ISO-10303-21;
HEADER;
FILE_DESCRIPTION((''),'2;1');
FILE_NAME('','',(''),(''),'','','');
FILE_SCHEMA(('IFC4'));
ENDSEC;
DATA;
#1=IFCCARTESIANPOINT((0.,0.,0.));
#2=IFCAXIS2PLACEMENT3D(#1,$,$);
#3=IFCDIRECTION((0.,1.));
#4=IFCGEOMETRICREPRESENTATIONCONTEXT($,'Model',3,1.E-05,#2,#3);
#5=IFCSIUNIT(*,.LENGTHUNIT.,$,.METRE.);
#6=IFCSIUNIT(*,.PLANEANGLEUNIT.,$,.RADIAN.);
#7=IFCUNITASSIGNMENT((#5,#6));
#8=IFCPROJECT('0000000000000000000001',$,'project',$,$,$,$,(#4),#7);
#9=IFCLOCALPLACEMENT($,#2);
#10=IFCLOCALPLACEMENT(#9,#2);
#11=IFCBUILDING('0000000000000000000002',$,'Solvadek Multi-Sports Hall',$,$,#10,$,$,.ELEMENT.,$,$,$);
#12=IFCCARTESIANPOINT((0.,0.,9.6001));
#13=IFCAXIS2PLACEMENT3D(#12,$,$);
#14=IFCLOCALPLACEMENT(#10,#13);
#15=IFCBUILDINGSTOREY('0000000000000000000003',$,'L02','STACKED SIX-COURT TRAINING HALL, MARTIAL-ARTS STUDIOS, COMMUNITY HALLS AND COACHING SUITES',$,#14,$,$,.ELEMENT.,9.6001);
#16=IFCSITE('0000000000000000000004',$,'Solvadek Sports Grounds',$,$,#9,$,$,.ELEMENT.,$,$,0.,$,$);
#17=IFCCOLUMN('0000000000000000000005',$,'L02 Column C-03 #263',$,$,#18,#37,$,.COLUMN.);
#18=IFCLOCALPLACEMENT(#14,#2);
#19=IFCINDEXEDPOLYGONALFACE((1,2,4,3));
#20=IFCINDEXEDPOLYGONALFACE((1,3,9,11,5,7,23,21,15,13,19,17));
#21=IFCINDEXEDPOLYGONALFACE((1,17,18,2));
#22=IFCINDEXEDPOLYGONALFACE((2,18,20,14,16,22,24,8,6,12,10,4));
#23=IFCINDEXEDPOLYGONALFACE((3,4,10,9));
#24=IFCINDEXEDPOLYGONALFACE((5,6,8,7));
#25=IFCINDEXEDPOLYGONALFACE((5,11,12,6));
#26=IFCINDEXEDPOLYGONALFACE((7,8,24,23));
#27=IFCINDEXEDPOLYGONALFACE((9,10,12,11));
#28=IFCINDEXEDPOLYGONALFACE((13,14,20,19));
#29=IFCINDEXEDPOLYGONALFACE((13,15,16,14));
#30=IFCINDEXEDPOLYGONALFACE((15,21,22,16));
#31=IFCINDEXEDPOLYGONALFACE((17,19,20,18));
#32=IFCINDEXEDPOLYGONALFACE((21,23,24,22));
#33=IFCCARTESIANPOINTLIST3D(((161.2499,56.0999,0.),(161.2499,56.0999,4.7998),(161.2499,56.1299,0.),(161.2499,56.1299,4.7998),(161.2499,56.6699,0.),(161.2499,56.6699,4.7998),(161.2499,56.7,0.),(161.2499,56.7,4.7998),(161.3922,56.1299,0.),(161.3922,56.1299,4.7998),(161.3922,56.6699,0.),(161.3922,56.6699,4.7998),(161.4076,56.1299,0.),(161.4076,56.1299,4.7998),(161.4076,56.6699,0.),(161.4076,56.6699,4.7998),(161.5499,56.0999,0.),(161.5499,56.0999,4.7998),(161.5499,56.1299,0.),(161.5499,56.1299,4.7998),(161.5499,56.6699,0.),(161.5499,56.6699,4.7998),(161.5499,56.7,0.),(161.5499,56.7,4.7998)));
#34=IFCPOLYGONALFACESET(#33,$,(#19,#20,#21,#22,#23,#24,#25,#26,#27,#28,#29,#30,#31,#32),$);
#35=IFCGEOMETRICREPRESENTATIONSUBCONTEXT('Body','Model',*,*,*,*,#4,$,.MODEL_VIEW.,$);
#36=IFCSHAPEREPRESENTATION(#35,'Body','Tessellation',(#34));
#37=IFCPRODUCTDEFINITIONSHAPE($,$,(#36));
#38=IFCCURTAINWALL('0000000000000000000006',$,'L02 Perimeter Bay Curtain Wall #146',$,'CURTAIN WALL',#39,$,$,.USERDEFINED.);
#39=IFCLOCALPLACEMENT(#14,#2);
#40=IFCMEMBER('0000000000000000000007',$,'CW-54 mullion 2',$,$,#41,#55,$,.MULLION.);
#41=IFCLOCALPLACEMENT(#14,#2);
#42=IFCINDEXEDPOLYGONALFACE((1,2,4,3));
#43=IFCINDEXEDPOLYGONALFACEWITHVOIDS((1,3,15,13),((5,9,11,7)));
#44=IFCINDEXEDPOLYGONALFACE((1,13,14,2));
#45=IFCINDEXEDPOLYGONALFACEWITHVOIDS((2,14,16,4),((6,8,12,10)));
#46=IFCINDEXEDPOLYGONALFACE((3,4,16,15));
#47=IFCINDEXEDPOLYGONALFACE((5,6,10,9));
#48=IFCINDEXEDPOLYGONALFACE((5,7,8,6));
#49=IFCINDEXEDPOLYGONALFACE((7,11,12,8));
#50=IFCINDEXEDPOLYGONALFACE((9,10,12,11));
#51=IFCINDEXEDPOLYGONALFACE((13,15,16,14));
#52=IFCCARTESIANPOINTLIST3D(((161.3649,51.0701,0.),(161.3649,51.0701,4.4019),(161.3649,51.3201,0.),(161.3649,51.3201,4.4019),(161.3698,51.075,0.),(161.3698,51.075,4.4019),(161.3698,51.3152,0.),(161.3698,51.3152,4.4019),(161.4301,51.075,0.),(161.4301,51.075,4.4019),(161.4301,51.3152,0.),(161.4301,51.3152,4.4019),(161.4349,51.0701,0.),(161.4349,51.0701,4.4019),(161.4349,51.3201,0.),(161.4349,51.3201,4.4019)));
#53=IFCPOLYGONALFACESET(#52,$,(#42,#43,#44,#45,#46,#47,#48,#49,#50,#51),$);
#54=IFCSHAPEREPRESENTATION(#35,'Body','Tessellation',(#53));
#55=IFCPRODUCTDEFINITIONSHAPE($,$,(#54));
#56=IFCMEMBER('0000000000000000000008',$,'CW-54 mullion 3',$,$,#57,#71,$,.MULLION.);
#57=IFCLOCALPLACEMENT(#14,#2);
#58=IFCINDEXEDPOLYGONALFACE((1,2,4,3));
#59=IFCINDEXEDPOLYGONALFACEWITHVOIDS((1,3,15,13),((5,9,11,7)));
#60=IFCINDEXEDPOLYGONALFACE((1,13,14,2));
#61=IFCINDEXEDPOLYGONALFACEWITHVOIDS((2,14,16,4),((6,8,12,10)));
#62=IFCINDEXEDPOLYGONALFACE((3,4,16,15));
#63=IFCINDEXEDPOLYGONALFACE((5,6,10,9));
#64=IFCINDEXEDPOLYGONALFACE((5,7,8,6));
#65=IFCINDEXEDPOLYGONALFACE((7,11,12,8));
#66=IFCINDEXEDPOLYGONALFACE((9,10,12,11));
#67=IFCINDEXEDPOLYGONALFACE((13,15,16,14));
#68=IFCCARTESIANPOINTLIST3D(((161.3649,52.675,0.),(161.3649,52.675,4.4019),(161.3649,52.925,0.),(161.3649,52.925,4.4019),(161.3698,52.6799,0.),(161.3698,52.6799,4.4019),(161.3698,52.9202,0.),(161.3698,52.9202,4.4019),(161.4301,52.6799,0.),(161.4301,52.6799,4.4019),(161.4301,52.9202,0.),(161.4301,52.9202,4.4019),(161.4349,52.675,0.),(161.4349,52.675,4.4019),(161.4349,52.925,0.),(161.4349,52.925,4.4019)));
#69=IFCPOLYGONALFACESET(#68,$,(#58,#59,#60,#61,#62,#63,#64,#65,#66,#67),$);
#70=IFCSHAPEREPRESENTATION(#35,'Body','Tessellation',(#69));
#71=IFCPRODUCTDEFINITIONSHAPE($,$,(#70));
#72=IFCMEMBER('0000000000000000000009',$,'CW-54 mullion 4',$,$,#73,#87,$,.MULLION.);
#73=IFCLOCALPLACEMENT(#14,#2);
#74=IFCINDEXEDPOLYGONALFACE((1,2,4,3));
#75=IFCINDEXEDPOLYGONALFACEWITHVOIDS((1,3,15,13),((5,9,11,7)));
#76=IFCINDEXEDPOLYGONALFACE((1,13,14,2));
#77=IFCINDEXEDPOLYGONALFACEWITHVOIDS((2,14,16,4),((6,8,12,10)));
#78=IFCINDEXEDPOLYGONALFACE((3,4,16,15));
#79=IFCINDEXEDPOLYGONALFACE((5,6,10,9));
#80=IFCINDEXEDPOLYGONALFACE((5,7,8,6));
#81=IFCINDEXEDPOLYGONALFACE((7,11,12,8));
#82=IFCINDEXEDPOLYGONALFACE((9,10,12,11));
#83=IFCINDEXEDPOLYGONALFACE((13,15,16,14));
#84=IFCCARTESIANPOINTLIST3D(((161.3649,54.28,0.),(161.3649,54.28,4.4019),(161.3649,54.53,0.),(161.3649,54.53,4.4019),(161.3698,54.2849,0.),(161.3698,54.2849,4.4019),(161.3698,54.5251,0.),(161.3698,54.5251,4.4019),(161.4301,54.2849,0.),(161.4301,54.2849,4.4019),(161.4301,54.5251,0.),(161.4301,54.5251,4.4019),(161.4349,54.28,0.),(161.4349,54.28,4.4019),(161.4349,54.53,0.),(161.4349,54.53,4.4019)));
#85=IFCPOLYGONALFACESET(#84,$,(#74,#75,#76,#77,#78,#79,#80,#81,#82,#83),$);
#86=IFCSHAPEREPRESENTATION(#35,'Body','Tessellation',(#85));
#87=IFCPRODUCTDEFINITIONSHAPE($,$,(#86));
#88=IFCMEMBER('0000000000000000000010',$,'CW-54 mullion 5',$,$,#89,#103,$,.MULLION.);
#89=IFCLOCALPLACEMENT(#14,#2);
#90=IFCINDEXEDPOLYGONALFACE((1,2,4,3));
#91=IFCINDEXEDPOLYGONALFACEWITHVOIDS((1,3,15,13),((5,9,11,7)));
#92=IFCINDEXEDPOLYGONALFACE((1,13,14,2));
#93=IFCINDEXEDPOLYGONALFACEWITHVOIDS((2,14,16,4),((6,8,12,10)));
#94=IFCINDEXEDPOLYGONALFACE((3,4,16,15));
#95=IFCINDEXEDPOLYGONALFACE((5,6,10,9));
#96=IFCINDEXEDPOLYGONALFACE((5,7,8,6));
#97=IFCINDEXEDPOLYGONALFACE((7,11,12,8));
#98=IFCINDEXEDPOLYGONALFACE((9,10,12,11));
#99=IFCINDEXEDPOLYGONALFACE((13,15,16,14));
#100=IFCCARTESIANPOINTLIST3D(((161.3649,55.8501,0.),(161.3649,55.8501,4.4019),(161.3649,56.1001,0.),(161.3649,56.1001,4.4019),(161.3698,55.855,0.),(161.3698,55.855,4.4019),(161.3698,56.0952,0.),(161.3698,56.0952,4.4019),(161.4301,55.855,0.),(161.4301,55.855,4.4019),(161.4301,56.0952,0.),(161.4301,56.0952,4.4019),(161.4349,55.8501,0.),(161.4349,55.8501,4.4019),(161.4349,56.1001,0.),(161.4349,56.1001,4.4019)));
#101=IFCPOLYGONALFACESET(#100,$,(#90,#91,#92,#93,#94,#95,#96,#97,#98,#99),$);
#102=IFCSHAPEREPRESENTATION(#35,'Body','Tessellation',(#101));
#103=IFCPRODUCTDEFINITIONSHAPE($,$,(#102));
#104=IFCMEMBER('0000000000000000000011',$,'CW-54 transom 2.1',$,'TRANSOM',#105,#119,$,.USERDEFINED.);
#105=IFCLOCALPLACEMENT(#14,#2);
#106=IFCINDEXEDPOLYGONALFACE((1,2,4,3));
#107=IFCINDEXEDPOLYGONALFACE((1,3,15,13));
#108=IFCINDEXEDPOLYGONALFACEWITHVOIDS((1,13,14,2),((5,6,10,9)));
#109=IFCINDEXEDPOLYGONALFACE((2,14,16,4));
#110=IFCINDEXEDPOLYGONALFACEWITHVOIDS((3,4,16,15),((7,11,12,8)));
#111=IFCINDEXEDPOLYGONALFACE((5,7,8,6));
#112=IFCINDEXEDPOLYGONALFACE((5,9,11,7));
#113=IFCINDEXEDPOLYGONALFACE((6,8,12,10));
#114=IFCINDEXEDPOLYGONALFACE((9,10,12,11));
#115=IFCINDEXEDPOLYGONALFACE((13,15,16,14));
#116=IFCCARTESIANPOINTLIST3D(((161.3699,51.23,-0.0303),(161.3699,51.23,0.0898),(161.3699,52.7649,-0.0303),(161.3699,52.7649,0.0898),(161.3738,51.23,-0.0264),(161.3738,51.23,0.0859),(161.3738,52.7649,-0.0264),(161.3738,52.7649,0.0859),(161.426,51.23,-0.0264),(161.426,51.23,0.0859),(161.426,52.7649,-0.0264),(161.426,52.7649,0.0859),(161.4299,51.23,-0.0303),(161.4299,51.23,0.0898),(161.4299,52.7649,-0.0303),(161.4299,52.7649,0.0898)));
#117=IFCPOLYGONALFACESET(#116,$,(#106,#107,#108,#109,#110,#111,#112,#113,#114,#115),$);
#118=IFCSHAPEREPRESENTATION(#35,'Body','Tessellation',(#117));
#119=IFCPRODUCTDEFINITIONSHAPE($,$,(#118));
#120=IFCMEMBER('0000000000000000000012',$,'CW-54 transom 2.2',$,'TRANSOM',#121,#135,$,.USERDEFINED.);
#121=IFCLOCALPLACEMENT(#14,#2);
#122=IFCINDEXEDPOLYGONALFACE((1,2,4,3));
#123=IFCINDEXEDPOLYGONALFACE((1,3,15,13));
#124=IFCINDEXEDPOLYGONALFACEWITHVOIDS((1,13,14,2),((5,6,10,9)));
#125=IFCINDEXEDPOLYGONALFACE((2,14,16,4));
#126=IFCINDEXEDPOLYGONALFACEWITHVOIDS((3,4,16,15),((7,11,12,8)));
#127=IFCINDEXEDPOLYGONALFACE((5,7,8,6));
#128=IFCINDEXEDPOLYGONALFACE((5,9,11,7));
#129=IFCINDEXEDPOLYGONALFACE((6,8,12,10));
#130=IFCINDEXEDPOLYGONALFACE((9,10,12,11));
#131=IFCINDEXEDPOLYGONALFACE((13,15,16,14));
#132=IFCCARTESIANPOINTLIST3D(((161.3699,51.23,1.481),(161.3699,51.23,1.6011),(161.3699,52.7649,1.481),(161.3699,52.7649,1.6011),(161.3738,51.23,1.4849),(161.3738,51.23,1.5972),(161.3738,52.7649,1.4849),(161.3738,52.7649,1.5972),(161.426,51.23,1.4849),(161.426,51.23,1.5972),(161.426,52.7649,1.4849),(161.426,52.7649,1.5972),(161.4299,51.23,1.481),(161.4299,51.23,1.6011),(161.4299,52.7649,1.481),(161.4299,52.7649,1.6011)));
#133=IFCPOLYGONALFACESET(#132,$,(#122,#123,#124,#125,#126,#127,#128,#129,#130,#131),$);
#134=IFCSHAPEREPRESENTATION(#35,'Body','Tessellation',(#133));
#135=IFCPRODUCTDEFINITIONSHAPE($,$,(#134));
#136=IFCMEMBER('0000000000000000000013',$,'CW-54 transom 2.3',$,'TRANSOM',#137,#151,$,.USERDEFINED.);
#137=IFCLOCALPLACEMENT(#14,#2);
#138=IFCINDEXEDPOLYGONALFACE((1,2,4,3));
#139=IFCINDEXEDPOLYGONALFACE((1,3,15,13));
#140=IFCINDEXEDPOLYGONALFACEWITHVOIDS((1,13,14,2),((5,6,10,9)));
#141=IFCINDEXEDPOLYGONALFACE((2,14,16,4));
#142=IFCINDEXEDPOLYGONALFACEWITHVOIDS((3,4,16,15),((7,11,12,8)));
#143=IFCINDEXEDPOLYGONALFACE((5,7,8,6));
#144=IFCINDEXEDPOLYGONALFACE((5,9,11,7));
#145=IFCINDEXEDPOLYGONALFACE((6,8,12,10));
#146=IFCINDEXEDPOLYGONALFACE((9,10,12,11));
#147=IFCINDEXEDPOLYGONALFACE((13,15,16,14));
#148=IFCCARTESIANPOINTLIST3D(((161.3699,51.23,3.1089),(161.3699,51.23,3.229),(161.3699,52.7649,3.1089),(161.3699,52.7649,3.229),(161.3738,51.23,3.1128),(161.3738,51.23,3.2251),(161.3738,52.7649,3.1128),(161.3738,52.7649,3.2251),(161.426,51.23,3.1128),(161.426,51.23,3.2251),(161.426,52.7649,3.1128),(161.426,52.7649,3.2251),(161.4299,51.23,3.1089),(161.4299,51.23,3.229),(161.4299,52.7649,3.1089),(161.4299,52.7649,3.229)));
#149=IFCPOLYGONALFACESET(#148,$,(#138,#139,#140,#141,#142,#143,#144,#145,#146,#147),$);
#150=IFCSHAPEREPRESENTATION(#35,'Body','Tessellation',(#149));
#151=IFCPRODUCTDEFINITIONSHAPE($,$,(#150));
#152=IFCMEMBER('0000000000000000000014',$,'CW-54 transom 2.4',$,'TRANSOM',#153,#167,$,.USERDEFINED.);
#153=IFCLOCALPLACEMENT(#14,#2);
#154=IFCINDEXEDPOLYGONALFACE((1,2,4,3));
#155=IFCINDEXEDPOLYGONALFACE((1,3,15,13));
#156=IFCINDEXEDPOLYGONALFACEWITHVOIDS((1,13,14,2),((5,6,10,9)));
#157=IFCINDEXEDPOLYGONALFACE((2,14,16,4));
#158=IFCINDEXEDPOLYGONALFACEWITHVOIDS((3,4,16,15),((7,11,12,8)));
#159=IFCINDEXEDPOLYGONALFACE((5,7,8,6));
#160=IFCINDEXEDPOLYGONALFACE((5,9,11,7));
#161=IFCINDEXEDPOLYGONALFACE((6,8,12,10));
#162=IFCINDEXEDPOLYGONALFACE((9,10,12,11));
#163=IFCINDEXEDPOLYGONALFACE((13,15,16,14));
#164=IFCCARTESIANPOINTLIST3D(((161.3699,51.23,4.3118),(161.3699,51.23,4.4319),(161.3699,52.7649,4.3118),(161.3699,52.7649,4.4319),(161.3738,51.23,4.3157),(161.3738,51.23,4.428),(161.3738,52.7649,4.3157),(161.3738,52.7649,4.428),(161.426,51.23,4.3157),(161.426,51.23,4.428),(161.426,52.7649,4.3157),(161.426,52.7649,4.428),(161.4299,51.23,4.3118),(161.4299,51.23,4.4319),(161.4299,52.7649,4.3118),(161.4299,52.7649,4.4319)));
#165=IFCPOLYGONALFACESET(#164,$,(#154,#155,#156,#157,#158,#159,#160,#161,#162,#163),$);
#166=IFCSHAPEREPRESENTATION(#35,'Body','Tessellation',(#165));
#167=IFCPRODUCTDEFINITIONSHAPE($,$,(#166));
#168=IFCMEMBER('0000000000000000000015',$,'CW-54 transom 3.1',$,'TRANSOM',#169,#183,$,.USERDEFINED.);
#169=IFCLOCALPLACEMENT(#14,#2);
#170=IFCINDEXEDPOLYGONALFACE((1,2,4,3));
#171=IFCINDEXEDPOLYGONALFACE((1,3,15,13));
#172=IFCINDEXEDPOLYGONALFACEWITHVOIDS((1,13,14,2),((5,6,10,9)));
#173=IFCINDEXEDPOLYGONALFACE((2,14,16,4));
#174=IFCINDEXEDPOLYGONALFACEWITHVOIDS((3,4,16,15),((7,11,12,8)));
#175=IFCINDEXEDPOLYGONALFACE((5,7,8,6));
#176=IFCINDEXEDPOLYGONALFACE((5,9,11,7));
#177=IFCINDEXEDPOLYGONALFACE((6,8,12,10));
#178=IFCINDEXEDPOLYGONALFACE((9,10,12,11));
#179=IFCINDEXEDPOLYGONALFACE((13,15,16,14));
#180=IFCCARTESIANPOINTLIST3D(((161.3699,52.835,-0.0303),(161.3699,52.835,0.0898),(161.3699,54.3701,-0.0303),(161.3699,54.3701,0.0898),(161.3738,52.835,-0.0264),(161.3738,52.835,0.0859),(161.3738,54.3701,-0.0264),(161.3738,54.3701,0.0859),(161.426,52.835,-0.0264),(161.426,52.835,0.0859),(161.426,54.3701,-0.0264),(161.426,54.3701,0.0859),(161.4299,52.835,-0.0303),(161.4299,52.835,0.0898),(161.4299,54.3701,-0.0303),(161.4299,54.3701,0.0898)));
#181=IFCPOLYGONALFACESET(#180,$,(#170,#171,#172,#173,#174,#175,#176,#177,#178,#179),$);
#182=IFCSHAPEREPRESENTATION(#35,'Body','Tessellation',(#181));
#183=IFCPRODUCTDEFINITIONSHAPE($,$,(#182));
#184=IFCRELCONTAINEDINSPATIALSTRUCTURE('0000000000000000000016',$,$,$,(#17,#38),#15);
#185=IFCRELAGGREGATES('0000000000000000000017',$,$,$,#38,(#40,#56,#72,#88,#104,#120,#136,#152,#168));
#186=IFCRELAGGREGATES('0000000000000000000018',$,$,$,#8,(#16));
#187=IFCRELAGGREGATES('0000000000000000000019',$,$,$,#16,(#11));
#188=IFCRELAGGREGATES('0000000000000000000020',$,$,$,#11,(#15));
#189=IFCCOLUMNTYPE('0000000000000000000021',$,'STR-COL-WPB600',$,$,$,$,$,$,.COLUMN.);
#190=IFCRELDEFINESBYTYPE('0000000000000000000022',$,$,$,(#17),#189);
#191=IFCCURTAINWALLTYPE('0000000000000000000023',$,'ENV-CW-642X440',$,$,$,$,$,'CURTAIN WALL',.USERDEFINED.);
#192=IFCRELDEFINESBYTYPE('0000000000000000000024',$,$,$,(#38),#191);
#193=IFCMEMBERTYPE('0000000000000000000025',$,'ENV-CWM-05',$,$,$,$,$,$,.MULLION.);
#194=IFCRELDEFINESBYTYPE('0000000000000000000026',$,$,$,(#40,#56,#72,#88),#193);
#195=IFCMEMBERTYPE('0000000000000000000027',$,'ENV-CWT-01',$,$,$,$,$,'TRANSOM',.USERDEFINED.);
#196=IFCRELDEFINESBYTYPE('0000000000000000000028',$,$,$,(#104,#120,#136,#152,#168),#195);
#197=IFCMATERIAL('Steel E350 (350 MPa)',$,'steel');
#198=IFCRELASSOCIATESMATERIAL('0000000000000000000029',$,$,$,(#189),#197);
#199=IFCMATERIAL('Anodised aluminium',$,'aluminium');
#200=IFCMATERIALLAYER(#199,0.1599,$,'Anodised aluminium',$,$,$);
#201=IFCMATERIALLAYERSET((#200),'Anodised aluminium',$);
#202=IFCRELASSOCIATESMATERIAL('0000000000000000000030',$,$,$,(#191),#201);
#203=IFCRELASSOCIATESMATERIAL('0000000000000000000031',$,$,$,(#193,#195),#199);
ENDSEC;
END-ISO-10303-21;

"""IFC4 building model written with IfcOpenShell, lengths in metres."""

from ifc_helpers import new_model, si_unit, direction, frame, origin, origin_2d, place, context, subcontext, project, spatial, hollow_rectangle, i_section, extrude, material, layer, layer_set, material_profile, profile_set, type_object, element, aggregate, save


model = new_model("IFC4")

# Units and contexts
model_context = context("Model", 3, precision=1e-05, world=origin(), true_north=direction((0.0, 1.0)))
body_context = subcontext(model_context, "Body", "Model", "MODEL_VIEW")
ifc_project = project(units=[si_unit("LENGTHUNIT", "METRE"), si_unit("PLANEANGLEUNIT", "RADIAN")], contexts=[model_context])

# Site, building, storey
site_placement = place(None, origin())
site = spatial("IfcSite", under=ifc_project, at=site_placement, Name="Solvadek Sports Grounds", CompositionType="ELEMENT", RefElevation=0.0)
building_placement = place(site_placement, origin())
building = spatial("IfcBuilding", under=site, at=building_placement, Name="Solvadek Multi-Sports Hall", CompositionType="ELEMENT")
storey_placement = place(building_placement, frame((0.0, 0.0, 9.6001)))
storey = spatial("IfcBuildingStorey", under=building, at=storey_placement, Name="L02", Description="STACKED SIX-COURT TRAINING HALL, MARTIAL-ARTS STUDIOS, COMMUNITY HALLS AND COACHING SUITES", CompositionType="ELEMENT", Elevation=9.6001)

# Column
ifc_material_1 = material(Name="Steel E350 (350 MPa)", Category="steel")
ifc_material_profile_1 = material_profile(ifc_material_1, i_section(OverallWidth=0.3, OverallDepth=0.6001, WebThickness=0.0154, FlangeThickness=0.03, at=origin_2d()), Name="WPB 600")
ifc_profile_set_1 = profile_set([ifc_material_profile_1], Name="Steel E350 (350 MPa)")
column_type = type_object("IfcColumnType", Name="STR-COL-WPB600", PredefinedType="COLUMN", material=ifc_profile_set_1)
column_placement = place(storey_placement, frame((161.3999, 56.3999, 0.0), z_axis=(0.0, 0.0, 1.0), x_axis=(1.0, 0.0, 0.0)))
element("IfcColumn", 1, at=column_placement, inside=storey, type_object=column_type, Name="L02 Column C-03 #263", PredefinedType="COLUMN", context=body_context, shape_type="SweptSolid", body=[
    extrude(i_section(OverallWidth=0.3, OverallDepth=0.6001, WebThickness=0.0154, FlangeThickness=0.03, at=origin_2d()), origin(), (0.0, 0.0, 1.0), 4.7998),
])

# Curtain wall, members
ifc_material_2 = material(Name="Anodised aluminium", Category="aluminium")
ifc_layer_1 = layer(ifc_material_2, 0.1599, Name="Anodised aluminium")
ifc_layer_set_1 = layer_set([ifc_layer_1], Name="Anodised aluminium")
curtain_wall_type = type_object("IfcCurtainWallType", Name="ENV-CW-642X440", ElementType="CURTAIN WALL", PredefinedType="USERDEFINED", material=ifc_layer_set_1)
curtain_wall_placement = place(storey_placement, origin())
curtain_wall = element("IfcCurtainWall", 2, at=curtain_wall_placement, inside=storey, type_object=curtain_wall_type, Name="L02 Perimeter Bay Curtain Wall #146", ObjectType="CURTAIN WALL", PredefinedType="USERDEFINED")
ifc_material_profile_2 = material_profile(ifc_material_2, hollow_rectangle(XDim=0.0701, YDim=0.25, WallThickness=0.0049, at=origin_2d()), Name="ALU-M 250x70x5")
ifc_profile_set_2 = profile_set([ifc_material_profile_2], Name="Anodised aluminium")
member_type_1 = type_object("IfcMemberType", Name="ENV-CWM-05", PredefinedType="MULLION", material=ifc_profile_set_2)
member_1_placement = place(storey_placement, frame((161.3999, 51.1951, 0.0), z_axis=(0.0, 0.0, 1.0), x_axis=(-1.0, 0.0, 0.0)))
member_1 = element("IfcMember", 3, at=member_1_placement, type_object=member_type_1, Name="CW-54 mullion 2", PredefinedType="MULLION", context=body_context, shape_type="SweptSolid", body=[
    extrude(hollow_rectangle(XDim=0.0701, YDim=0.25, WallThickness=0.0049, at=origin_2d()), origin(), (0.0, 0.0, 1.0), 4.4019),
])
member_2_placement = place(storey_placement, frame((161.3999, 52.8, 0.0), z_axis=(0.0, 0.0, 1.0), x_axis=(-1.0, 0.0, 0.0)))
member_2 = element("IfcMember", 4, at=member_2_placement, type_object=member_type_1, Name="CW-54 mullion 3", PredefinedType="MULLION", context=body_context, shape_type="SweptSolid", body=[
    extrude(hollow_rectangle(XDim=0.0701, YDim=0.25, WallThickness=0.0049, at=origin_2d()), origin(), (0.0, 0.0, 1.0), 4.4019),
])
member_3_placement = place(storey_placement, frame((161.3999, 54.405, 0.0), z_axis=(0.0, 0.0, 1.0), x_axis=(-1.0, 0.0, 0.0)))
member_3 = element("IfcMember", 5, at=member_3_placement, type_object=member_type_1, Name="CW-54 mullion 4", PredefinedType="MULLION", context=body_context, shape_type="SweptSolid", body=[
    extrude(hollow_rectangle(XDim=0.0701, YDim=0.25, WallThickness=0.0049, at=origin_2d()), origin(), (0.0, 0.0, 1.0), 4.4019),
])
member_4_placement = place(storey_placement, frame((161.3999, 55.9751, 0.0), z_axis=(0.0, 0.0, 1.0), x_axis=(-1.0, 0.0, 0.0)))
member_4 = element("IfcMember", 6, at=member_4_placement, type_object=member_type_1, Name="CW-54 mullion 5", PredefinedType="MULLION", context=body_context, shape_type="SweptSolid", body=[
    extrude(hollow_rectangle(XDim=0.0701, YDim=0.25, WallThickness=0.0049, at=origin_2d()), origin(), (0.0, 0.0, 1.0), 4.4019),
])
ifc_material_profile_3 = material_profile(ifc_material_2, hollow_rectangle(XDim=0.0601, YDim=0.1201, WallThickness=0.0039, at=origin_2d()), Name="ALU-T 120x60x4")
ifc_profile_set_3 = profile_set([ifc_material_profile_3], Name="Anodised aluminium")
member_type_2 = type_object("IfcMemberType", Name="ENV-CWT-01", ElementType="TRANSOM", PredefinedType="USERDEFINED", material=ifc_profile_set_3)
member_5_placement = place(storey_placement, frame((161.3999, 51.23, 0.0298), z_axis=(0.0, 1.0, 0.0), x_axis=(-1.0, 0.0, 0.0)))
member_5 = element("IfcMember", 7, at=member_5_placement, type_object=member_type_2, Name="CW-54 transom 2.1", ObjectType="TRANSOM", PredefinedType="USERDEFINED", context=body_context, shape_type="SweptSolid", body=[
    extrude(hollow_rectangle(XDim=0.0601, YDim=0.1201, WallThickness=0.0039, at=origin_2d()), origin(), (0.0, 0.0, 1.0), 1.5349),
])
member_6_placement = place(storey_placement, frame((161.3999, 51.23, 1.541), z_axis=(0.0, 1.0, 0.0), x_axis=(-1.0, 0.0, 0.0)))
member_6 = element("IfcMember", 8, at=member_6_placement, type_object=member_type_2, Name="CW-54 transom 2.2", ObjectType="TRANSOM", PredefinedType="USERDEFINED", context=body_context, shape_type="SweptSolid", body=[
    extrude(hollow_rectangle(XDim=0.0601, YDim=0.1201, WallThickness=0.0039, at=origin_2d()), origin(), (0.0, 0.0, 1.0), 1.5349),
])
member_7_placement = place(storey_placement, frame((161.3999, 51.23, 3.1689), z_axis=(0.0, 1.0, 0.0), x_axis=(-1.0, 0.0, 0.0)))
member_7 = element("IfcMember", 9, at=member_7_placement, type_object=member_type_2, Name="CW-54 transom 2.3", ObjectType="TRANSOM", PredefinedType="USERDEFINED", context=body_context, shape_type="SweptSolid", body=[
    extrude(hollow_rectangle(XDim=0.0601, YDim=0.1201, WallThickness=0.0039, at=origin_2d()), origin(), (0.0, 0.0, 1.0), 1.5349),
])
member_8_placement = place(storey_placement, frame((161.3999, 51.23, 4.3718), z_axis=(0.0, 1.0, 0.0), x_axis=(-1.0, 0.0, 0.0)))
member_8 = element("IfcMember", 10, at=member_8_placement, type_object=member_type_2, Name="CW-54 transom 2.4", ObjectType="TRANSOM", PredefinedType="USERDEFINED", context=body_context, shape_type="SweptSolid", body=[
    extrude(hollow_rectangle(XDim=0.0601, YDim=0.1201, WallThickness=0.0039, at=origin_2d()), origin(), (0.0, 0.0, 1.0), 1.5349),
])
member_9_placement = place(storey_placement, frame((161.3999, 52.835, 0.0298), z_axis=(0.0, 1.0, 0.0), x_axis=(-1.0, 0.0, 0.0)))
member_9 = element("IfcMember", 11, at=member_9_placement, type_object=member_type_2, Name="CW-54 transom 3.1", ObjectType="TRANSOM", PredefinedType="USERDEFINED", context=body_context, shape_type="SweptSolid", body=[
    extrude(hollow_rectangle(XDim=0.0601, YDim=0.1201, WallThickness=0.0039, at=origin_2d()), origin(), (0.0, 0.0, 1.0), 1.5352),
])

aggregate(curtain_wall, [member_1, member_2, member_3, member_4, member_5, member_6, member_7, member_8, member_9])

save(model, "model.ifc")
